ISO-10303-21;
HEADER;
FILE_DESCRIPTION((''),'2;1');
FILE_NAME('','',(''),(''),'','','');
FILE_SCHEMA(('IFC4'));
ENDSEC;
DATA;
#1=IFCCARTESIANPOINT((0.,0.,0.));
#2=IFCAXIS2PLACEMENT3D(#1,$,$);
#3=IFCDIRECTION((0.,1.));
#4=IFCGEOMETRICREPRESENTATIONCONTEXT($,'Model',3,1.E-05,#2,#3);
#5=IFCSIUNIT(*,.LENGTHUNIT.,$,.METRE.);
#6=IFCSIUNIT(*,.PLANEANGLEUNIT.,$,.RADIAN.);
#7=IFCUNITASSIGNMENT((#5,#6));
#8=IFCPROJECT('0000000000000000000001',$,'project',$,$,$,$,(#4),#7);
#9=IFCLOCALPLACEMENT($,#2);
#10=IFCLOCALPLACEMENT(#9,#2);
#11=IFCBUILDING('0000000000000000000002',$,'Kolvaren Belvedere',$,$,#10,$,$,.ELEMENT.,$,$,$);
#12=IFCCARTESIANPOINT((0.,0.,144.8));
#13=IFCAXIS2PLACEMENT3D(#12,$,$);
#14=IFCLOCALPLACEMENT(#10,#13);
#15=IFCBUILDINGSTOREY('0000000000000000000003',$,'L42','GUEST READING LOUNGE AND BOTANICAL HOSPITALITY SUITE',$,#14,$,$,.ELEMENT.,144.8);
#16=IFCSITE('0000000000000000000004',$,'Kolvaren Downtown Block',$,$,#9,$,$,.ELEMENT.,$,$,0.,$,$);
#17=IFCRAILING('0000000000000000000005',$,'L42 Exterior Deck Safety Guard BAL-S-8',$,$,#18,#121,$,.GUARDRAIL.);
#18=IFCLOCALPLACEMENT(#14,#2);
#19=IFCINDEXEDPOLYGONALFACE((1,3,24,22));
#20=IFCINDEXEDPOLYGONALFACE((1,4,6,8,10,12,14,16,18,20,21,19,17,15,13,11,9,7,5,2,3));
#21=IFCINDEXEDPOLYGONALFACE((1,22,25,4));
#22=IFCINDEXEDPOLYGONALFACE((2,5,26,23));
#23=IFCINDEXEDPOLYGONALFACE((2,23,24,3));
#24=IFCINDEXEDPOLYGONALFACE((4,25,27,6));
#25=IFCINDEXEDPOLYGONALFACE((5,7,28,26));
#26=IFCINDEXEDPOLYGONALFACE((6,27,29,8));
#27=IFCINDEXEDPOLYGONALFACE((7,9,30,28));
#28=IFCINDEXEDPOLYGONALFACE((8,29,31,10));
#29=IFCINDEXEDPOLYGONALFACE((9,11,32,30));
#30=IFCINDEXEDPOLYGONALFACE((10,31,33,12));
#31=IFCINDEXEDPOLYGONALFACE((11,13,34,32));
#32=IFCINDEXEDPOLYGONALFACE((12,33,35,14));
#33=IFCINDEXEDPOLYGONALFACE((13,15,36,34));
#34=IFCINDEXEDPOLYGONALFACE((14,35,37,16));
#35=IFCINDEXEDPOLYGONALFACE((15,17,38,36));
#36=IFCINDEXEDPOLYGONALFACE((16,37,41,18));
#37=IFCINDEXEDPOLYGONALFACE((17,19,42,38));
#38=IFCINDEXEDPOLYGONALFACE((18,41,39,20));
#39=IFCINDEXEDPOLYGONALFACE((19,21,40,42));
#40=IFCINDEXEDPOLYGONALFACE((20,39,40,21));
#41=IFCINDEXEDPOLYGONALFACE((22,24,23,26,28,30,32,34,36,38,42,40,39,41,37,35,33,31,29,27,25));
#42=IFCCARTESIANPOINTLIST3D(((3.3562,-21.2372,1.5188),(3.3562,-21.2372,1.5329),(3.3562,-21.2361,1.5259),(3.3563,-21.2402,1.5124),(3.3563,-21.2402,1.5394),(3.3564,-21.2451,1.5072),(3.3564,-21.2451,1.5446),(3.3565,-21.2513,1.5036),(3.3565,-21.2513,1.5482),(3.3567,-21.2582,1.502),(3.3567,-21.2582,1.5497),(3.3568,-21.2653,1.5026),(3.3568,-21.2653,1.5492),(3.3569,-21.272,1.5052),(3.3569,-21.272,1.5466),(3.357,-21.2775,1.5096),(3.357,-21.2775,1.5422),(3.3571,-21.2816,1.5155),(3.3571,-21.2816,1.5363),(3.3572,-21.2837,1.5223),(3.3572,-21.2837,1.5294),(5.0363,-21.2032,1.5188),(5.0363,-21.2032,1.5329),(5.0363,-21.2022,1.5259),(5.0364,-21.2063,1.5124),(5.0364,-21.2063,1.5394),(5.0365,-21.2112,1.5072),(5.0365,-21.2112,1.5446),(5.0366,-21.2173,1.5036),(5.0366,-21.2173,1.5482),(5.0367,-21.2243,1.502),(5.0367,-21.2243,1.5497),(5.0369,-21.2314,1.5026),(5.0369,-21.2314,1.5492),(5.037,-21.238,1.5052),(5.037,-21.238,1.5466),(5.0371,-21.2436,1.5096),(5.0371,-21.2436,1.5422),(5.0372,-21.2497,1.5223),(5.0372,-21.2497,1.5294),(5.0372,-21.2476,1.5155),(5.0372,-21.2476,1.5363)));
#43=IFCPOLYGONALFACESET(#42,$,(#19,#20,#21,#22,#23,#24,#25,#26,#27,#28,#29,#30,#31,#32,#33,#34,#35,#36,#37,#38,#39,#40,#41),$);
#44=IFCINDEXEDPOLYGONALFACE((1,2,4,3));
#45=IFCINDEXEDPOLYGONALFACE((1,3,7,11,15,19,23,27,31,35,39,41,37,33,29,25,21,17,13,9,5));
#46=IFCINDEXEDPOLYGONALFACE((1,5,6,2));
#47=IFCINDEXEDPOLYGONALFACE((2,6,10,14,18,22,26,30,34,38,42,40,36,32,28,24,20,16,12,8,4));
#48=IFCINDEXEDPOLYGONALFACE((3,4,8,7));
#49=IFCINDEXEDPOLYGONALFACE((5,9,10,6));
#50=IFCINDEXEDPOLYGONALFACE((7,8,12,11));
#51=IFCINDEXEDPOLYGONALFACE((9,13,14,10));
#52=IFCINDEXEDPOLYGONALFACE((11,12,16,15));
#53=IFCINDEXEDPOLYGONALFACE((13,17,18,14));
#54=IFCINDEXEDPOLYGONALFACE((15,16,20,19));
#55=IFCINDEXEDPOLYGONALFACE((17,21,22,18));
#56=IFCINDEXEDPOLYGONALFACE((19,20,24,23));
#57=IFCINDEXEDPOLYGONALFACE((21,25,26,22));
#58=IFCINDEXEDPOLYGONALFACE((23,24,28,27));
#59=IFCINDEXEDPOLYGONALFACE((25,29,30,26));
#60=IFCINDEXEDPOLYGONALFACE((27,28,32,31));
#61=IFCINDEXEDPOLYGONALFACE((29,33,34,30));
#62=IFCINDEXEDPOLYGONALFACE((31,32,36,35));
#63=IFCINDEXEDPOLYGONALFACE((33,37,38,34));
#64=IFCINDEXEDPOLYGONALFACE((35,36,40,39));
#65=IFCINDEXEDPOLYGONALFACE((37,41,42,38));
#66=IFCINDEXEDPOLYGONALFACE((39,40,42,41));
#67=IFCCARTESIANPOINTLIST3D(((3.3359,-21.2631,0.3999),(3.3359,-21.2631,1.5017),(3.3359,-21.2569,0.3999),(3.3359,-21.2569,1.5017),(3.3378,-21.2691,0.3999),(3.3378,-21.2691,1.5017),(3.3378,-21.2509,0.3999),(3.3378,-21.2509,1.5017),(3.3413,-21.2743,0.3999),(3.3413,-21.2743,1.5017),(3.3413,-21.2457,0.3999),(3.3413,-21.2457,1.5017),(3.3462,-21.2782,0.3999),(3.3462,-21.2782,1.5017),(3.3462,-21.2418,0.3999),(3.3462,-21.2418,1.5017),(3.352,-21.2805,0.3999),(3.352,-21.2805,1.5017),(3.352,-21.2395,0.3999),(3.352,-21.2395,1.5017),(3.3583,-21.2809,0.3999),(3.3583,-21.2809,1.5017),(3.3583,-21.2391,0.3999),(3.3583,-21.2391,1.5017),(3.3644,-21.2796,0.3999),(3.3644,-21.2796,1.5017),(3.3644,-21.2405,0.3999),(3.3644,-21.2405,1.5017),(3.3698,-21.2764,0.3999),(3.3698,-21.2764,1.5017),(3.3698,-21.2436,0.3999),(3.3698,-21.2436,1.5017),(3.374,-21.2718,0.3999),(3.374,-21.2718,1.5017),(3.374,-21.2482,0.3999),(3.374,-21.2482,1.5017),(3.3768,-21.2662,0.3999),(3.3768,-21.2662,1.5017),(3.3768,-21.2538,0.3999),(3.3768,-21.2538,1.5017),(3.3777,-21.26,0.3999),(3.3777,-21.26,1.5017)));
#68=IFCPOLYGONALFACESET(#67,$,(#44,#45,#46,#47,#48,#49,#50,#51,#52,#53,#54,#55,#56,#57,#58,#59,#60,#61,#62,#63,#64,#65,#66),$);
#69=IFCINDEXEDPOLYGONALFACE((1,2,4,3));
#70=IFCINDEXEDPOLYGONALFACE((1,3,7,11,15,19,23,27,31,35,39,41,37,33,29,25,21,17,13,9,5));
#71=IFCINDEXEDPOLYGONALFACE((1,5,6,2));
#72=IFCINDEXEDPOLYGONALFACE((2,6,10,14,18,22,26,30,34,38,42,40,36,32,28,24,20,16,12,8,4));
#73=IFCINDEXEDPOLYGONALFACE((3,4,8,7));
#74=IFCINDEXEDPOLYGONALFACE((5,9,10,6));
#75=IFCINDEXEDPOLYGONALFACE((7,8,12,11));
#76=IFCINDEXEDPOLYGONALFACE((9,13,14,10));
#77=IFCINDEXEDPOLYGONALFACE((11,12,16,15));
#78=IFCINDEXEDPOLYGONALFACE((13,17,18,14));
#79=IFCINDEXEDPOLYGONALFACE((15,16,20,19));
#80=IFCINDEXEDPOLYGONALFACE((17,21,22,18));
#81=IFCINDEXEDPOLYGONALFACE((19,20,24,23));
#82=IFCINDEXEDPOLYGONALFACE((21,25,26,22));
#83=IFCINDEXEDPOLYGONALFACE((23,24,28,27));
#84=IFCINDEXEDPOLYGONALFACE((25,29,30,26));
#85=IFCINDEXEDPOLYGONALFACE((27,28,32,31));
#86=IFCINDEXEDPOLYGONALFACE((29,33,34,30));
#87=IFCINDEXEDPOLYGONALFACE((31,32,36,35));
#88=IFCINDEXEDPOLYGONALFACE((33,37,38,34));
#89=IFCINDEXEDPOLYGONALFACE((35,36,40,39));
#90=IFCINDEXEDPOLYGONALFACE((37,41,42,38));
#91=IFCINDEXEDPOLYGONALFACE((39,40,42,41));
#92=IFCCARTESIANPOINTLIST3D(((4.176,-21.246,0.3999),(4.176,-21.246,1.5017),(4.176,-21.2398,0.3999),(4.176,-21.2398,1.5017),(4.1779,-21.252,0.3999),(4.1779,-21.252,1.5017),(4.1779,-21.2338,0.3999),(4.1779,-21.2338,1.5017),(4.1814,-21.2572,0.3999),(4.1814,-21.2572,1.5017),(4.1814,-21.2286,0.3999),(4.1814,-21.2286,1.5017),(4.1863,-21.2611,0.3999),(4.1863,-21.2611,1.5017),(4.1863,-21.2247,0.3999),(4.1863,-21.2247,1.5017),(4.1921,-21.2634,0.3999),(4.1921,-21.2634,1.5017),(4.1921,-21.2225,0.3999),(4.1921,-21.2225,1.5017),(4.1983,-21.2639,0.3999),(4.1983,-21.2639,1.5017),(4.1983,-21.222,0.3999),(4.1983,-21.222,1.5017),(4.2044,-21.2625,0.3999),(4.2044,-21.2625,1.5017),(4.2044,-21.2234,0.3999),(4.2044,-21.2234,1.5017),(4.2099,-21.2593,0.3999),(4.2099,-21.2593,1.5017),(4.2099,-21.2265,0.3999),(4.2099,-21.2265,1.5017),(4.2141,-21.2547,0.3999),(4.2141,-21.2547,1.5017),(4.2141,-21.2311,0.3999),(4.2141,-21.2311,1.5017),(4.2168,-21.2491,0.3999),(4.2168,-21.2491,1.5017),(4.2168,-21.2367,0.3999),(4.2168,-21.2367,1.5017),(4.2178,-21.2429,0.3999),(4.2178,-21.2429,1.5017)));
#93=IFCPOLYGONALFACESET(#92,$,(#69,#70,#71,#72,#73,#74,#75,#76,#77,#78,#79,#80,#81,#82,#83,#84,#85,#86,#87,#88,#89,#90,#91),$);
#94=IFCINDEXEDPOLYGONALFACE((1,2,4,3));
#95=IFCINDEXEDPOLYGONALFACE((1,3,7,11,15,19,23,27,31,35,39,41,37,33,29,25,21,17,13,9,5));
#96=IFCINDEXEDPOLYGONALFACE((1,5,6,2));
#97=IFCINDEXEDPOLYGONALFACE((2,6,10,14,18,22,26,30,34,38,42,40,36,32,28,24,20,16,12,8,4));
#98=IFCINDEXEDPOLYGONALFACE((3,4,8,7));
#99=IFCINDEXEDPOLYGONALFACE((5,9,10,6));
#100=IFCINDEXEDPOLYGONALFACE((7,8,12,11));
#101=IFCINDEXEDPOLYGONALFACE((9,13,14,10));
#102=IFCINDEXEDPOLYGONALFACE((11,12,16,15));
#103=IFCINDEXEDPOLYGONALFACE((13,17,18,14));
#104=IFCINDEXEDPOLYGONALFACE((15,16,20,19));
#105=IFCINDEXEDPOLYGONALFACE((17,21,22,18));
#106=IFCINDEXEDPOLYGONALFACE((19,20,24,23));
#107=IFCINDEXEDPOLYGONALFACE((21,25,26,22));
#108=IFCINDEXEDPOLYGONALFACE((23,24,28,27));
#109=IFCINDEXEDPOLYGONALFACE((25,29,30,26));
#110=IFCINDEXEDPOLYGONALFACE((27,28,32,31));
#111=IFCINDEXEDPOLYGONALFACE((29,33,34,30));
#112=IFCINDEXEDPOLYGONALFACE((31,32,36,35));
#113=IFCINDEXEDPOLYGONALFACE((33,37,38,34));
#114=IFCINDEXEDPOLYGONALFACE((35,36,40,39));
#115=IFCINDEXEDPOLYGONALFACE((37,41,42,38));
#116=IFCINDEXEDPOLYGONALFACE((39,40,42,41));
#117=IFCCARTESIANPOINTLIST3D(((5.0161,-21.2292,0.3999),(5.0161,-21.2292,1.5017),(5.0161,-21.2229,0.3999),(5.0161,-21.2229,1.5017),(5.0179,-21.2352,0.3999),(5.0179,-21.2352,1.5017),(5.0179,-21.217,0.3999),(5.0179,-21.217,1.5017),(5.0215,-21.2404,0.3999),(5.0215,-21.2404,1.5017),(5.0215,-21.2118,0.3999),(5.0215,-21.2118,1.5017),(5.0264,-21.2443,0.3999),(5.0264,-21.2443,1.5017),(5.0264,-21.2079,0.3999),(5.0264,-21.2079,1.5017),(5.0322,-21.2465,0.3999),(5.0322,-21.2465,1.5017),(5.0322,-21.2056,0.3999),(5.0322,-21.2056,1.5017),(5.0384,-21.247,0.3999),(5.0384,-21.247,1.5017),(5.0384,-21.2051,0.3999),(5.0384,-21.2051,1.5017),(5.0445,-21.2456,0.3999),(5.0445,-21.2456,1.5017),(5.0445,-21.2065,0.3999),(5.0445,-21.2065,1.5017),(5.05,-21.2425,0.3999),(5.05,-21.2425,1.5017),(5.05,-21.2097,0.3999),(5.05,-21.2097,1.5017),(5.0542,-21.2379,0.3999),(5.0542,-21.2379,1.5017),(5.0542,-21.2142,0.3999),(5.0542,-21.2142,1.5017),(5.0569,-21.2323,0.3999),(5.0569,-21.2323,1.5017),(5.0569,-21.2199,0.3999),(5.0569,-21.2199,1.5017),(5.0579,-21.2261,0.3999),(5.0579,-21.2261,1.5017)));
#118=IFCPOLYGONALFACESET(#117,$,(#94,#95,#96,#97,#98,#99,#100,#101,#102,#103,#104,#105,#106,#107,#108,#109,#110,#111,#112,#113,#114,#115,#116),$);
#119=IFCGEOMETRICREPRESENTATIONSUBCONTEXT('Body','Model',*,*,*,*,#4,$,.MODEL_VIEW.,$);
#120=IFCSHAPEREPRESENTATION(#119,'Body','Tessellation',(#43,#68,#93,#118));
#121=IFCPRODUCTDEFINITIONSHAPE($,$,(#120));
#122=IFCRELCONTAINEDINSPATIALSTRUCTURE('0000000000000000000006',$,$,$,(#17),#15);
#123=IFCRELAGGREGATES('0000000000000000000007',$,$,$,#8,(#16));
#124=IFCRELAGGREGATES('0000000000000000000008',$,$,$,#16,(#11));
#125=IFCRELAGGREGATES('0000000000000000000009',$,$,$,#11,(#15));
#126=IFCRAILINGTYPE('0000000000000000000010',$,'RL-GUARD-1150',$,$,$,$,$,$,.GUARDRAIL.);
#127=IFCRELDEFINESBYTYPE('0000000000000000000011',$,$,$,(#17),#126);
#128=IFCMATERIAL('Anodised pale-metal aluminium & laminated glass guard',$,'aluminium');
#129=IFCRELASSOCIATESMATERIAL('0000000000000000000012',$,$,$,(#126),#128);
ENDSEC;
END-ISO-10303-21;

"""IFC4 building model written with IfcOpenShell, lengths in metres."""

from ifc_helpers import new_model, si_unit, direction, frame, origin, origin_2d, place, context, subcontext, project, spatial, circle, extrude, material, type_object, element, save


model = new_model("IFC4")

# Units and contexts
model_context = context("Model", 3, precision=1e-05, world=origin(), true_north=direction((0.0, 1.0)))
body_context = subcontext(model_context, "Body", "Model", "MODEL_VIEW")
ifc_project = project(units=[si_unit("LENGTHUNIT", "METRE"), si_unit("PLANEANGLEUNIT", "RADIAN")], contexts=[model_context])

# Site, building, storey
site_placement = place(None, origin())
site = spatial("IfcSite", under=ifc_project, at=site_placement, Name="Kolvaren Downtown Block", CompositionType="ELEMENT", RefElevation=0.0)
building_placement = place(site_placement, origin())
building = spatial("IfcBuilding", under=site, at=building_placement, Name="Kolvaren Belvedere", CompositionType="ELEMENT")
storey_placement = place(building_placement, frame((0.0, 0.0, 144.8)))
storey = spatial("IfcBuildingStorey", under=building, at=storey_placement, Name="L42", Description="GUEST READING LOUNGE AND BOTANICAL HOSPITALITY SUITE", CompositionType="ELEMENT", Elevation=144.8)

# Railing
ifc_material_1 = material(Name="Anodised pale-metal aluminium & laminated glass guard", Category="aluminium")
railing_type = type_object("IfcRailingType", Name="RL-GUARD-1150", PredefinedType="GUARDRAIL", material=ifc_material_1)
railing_1_placement = place(storey_placement, frame((3.3567, -21.26, 0.3999)))
element("IfcRailing", 1, at=railing_1_placement, inside=storey, type_object=railing_type, Name="L42 Exterior Deck Safety Guard BAL-S-8", PredefinedType="GUARDRAIL", context=body_context, shape_type="SweptSolid", body=[
    extrude(circle(Radius=0.0239, at=origin_2d()), frame((0.0, 0.0, 1.126), z_axis=(0.999796, 0.020193, 0.0), x_axis=(-0.020193, 0.999796, 0.0)), (0.0, 0.0, 1.0), 1.6804),
    extrude(circle(Radius=0.021, at=origin_2d()), origin(), (0.0, 0.0, 1.0), 1.1018),
    extrude(circle(Radius=0.021, at=origin_2d()), frame((0.8401, 0.0171, 0.0)), (0.0, 0.0, 1.0), 1.1018),
    extrude(circle(Radius=0.021, at=origin_2d()), frame((1.6802, 0.0339, 0.0)), (0.0, 0.0, 1.0), 1.1018),
])

save(model, "model.ifc")
